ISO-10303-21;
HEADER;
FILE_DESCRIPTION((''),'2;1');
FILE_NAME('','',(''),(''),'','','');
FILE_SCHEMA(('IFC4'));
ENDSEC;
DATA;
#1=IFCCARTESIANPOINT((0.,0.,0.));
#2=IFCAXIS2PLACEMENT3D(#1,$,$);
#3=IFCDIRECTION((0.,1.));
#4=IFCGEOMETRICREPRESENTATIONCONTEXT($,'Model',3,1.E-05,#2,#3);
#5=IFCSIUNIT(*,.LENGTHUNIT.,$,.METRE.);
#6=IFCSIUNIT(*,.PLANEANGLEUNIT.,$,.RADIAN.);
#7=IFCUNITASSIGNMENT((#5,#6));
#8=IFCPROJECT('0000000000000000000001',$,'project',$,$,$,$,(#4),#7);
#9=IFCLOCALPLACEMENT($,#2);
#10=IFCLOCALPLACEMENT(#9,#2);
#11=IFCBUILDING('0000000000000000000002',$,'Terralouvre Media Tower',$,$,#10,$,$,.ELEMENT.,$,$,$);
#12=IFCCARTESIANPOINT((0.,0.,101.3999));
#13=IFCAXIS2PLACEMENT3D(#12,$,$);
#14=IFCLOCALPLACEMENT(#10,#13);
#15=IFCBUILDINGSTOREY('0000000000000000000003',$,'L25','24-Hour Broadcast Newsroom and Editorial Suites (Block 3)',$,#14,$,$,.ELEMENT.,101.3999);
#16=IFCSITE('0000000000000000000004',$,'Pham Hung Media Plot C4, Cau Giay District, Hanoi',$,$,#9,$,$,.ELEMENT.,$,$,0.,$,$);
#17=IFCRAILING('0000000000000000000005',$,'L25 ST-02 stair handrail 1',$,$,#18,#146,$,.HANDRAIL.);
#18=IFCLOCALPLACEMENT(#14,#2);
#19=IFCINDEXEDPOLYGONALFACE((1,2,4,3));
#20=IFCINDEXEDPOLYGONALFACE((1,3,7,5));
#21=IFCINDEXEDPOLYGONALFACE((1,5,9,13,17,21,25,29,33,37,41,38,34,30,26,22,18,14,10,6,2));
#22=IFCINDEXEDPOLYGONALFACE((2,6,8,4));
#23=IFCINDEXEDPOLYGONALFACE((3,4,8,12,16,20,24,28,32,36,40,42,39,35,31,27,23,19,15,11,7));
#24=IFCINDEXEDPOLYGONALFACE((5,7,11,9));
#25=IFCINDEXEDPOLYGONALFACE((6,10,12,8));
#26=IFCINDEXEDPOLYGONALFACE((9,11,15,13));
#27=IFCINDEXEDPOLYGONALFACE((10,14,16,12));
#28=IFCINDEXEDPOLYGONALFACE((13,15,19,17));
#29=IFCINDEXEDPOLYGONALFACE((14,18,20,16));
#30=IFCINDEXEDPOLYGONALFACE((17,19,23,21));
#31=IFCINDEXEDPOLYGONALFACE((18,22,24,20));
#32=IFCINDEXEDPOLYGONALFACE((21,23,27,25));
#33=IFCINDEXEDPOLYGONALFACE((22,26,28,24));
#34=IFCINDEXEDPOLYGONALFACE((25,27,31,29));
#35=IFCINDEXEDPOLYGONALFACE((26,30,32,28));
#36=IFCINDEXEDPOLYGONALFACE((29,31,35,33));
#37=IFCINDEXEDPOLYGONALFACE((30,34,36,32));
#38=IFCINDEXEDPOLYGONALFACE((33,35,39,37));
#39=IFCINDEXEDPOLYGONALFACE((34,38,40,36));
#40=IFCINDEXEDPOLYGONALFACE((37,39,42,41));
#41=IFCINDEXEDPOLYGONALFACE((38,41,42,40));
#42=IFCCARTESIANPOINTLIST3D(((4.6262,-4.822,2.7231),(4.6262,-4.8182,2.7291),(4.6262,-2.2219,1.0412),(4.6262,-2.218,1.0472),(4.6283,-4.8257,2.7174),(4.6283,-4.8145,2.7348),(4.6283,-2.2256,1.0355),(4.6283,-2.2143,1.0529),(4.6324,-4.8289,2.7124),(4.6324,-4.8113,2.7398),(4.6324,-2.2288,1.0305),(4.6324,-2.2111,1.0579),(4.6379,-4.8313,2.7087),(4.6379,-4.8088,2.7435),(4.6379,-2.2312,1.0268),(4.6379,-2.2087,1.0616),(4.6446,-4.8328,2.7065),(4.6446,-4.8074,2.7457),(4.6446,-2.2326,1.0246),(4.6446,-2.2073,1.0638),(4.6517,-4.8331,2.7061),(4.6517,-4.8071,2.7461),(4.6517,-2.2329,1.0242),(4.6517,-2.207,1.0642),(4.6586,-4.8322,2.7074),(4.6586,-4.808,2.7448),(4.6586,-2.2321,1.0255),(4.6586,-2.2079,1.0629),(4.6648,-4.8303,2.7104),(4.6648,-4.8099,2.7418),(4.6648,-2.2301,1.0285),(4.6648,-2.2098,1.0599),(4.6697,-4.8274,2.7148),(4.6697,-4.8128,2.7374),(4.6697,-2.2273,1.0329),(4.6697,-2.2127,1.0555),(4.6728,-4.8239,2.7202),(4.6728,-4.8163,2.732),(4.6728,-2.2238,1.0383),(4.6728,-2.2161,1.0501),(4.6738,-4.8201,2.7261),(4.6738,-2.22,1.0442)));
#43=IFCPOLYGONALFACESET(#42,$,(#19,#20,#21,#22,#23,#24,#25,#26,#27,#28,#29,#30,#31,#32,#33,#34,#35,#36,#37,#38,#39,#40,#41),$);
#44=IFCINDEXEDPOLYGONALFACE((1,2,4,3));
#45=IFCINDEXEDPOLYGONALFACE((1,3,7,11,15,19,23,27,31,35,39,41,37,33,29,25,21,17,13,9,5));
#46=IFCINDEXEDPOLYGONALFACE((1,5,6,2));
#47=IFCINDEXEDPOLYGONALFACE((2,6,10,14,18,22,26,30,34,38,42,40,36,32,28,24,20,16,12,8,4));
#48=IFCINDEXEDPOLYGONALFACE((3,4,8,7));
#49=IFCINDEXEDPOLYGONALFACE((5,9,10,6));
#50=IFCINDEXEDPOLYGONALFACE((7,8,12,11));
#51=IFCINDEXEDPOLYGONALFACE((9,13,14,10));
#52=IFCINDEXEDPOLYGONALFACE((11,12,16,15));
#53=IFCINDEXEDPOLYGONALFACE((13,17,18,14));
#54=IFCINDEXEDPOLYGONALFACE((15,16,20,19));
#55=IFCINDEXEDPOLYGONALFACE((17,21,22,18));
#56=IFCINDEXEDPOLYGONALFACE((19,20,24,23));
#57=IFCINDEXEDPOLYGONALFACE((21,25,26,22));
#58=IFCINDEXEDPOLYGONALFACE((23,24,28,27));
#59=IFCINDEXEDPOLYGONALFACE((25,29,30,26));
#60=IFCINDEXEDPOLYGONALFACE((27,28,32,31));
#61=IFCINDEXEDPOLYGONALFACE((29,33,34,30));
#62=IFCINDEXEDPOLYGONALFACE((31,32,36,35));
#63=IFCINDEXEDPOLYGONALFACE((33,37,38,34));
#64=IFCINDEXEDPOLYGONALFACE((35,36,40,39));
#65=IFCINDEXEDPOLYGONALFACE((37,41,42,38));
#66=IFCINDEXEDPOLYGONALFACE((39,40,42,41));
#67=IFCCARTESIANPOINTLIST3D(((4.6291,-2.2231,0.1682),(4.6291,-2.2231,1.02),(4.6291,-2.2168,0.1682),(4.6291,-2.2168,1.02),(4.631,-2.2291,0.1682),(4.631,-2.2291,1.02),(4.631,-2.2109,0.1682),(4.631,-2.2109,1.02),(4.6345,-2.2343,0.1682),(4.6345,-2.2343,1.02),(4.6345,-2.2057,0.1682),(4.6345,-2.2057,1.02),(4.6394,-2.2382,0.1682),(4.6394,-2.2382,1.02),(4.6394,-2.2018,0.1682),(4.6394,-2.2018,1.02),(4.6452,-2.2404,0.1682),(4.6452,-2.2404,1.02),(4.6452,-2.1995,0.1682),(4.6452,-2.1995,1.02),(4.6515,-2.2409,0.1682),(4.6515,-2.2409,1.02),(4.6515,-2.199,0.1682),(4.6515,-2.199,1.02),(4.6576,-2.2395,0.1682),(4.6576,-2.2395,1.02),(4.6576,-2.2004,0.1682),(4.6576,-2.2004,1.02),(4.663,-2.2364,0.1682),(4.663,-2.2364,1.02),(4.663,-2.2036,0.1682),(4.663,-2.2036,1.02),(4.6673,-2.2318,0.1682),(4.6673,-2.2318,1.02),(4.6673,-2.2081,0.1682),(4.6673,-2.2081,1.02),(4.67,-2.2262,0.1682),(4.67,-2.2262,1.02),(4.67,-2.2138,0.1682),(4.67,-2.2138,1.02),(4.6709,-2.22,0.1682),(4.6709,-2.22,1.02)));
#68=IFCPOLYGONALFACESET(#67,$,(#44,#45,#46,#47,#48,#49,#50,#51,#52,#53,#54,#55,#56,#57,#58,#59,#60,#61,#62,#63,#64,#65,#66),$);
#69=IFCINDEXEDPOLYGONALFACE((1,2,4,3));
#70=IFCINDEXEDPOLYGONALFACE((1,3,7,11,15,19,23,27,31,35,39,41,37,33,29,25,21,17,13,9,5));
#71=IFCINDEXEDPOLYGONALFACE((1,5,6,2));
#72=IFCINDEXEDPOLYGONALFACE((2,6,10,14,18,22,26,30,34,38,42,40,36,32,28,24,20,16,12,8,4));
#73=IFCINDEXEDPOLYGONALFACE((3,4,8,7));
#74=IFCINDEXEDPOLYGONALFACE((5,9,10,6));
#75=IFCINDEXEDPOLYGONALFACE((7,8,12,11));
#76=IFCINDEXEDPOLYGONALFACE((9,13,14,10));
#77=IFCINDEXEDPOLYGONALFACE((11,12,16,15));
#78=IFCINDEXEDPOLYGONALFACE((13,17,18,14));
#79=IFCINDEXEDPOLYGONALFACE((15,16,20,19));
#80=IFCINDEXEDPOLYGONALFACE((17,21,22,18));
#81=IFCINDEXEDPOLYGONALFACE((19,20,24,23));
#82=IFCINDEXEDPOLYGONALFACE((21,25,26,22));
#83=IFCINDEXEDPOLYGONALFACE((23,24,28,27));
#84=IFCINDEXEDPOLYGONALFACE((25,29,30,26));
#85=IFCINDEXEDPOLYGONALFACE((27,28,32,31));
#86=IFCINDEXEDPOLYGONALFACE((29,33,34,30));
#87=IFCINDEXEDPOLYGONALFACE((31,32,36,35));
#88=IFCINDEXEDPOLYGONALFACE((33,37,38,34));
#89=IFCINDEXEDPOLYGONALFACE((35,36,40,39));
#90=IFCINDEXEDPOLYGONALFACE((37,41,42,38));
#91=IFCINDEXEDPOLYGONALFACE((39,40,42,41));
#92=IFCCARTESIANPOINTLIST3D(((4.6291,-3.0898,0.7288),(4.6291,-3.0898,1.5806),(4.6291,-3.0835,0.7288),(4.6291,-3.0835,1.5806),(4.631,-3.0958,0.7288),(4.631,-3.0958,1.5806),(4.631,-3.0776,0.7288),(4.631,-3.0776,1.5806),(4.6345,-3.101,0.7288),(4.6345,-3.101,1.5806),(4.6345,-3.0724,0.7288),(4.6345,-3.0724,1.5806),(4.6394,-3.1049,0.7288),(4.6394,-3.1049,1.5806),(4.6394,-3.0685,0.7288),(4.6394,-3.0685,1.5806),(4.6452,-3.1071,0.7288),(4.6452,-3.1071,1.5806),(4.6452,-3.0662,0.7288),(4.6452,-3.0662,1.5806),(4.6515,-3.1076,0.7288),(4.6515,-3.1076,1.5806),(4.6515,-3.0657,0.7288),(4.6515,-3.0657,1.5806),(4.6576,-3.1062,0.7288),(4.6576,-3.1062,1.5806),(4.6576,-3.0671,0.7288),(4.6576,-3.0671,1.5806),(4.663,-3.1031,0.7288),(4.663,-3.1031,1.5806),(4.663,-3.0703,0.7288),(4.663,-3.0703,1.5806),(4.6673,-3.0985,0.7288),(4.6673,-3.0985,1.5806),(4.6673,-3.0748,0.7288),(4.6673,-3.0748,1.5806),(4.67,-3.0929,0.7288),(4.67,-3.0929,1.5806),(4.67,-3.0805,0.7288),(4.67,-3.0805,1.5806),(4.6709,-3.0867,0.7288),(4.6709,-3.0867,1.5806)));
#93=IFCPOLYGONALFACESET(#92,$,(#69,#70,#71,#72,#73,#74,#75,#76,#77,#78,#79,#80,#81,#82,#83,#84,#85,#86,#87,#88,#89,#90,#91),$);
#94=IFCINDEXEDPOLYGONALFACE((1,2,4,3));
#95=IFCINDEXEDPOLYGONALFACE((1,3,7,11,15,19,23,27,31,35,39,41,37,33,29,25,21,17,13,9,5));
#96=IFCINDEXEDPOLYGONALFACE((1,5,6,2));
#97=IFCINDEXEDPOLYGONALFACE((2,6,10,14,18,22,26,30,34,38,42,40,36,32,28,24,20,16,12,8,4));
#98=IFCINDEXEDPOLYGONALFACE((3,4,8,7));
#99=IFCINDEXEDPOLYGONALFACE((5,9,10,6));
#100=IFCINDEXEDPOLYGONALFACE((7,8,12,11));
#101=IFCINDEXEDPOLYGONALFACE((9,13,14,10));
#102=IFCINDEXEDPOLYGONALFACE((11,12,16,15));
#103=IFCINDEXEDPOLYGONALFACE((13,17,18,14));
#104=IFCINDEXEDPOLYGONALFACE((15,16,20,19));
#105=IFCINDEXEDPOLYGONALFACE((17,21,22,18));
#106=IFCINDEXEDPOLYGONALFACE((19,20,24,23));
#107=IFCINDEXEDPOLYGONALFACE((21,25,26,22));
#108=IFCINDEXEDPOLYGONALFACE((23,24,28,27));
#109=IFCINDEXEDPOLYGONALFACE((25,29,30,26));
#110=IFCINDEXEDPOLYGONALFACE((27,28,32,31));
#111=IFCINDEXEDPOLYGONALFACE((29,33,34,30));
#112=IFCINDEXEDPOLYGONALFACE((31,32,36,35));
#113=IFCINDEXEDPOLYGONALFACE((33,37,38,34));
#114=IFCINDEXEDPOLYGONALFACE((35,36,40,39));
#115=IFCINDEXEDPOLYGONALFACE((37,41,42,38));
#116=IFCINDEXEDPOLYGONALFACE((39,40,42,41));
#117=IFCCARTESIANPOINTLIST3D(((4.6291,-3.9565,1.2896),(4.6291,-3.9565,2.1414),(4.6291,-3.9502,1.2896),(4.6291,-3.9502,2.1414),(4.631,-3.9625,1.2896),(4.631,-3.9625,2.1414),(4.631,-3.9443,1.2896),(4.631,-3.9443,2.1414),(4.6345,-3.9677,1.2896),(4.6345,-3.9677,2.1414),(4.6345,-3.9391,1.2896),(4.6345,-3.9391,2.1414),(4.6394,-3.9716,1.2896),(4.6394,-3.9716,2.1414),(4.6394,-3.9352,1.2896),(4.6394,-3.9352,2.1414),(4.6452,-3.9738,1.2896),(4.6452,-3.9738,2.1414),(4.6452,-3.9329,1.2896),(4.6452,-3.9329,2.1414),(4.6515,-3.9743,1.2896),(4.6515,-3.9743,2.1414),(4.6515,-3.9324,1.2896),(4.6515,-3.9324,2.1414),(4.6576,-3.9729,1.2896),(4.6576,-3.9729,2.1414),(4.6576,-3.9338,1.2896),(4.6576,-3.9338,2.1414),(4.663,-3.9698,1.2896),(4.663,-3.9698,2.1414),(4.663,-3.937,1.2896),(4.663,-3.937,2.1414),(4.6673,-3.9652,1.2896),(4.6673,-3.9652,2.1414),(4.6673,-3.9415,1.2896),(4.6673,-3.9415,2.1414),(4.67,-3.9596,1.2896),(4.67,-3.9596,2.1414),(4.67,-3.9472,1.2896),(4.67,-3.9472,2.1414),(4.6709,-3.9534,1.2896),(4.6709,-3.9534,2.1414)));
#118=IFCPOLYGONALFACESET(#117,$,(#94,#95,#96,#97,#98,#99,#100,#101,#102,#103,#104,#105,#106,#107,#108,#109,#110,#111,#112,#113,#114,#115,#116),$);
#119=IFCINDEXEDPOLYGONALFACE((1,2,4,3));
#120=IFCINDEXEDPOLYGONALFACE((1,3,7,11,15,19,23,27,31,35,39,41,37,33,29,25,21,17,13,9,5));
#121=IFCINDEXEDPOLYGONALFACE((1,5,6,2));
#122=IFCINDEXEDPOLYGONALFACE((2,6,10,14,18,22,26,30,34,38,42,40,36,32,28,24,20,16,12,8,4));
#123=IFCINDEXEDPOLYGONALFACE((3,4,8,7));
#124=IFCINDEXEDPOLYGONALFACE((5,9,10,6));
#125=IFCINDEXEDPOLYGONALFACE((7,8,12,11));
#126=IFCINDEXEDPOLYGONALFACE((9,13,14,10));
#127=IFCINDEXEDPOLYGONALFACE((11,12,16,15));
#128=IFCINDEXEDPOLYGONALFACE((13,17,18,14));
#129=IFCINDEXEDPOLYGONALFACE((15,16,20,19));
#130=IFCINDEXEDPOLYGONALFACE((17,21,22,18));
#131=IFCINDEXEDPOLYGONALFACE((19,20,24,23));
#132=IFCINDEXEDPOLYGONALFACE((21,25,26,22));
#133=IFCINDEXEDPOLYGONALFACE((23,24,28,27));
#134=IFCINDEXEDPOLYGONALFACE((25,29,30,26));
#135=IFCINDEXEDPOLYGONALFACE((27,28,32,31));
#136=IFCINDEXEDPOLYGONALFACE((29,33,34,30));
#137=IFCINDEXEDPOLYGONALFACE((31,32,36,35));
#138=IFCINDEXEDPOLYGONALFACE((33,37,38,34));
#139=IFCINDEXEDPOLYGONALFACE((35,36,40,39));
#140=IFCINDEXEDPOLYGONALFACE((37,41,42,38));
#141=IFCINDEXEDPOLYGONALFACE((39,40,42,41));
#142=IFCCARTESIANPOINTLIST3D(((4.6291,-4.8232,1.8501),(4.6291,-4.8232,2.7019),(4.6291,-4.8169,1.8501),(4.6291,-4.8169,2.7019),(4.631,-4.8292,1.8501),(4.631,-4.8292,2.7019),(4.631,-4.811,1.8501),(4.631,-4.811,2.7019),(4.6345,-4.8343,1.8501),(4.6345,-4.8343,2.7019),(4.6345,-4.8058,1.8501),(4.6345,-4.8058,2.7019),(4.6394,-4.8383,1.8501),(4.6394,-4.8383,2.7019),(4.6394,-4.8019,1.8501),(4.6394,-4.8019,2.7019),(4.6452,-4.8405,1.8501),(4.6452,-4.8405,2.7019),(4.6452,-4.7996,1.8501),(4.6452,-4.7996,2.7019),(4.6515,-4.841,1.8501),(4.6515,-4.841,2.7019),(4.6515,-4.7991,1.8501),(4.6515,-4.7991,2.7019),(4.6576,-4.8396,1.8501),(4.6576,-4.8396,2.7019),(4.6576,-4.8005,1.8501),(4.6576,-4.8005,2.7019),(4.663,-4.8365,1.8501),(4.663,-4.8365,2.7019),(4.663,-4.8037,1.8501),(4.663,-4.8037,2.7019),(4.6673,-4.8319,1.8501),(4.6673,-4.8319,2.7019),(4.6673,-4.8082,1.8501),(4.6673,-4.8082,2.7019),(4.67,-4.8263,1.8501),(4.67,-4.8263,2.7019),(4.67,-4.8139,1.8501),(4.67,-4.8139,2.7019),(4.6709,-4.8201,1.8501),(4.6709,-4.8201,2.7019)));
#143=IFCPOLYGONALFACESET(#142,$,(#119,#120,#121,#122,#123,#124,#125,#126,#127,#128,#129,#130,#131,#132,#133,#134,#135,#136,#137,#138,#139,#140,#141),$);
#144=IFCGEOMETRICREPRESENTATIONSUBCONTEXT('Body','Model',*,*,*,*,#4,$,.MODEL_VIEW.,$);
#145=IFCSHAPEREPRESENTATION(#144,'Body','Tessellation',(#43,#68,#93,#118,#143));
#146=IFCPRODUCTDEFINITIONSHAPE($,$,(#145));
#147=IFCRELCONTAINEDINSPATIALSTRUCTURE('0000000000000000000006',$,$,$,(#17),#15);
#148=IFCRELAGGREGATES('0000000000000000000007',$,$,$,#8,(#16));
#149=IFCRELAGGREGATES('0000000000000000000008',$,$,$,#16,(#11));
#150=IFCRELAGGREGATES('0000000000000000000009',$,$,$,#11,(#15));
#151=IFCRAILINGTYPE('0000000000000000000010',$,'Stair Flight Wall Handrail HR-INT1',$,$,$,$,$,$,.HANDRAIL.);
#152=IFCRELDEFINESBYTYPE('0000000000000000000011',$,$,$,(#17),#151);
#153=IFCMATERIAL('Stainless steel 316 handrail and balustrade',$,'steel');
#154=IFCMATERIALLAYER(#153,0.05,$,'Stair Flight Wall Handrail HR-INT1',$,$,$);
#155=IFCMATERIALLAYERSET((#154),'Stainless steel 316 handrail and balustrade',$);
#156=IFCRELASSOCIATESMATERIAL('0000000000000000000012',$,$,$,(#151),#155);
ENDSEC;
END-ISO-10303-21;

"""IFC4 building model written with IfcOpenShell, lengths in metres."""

from ifc_helpers import new_model, si_unit, direction, frame, origin, origin_2d, place, context, subcontext, project, spatial, circle, extrude, material, layer, layer_set, type_object, element, save


model = new_model("IFC4")

# Units and contexts
model_context = context("Model", 3, precision=1e-05, world=origin(), true_north=direction((0.0, 1.0)))
body_context = subcontext(model_context, "Body", "Model", "MODEL_VIEW")
ifc_project = project(units=[si_unit("LENGTHUNIT", "METRE"), si_unit("PLANEANGLEUNIT", "RADIAN")], contexts=[model_context])

# Site, building, storey
site_placement = place(None, origin())
site = spatial("IfcSite", under=ifc_project, at=site_placement, Name="Pham Hung Media Plot C4, Cau Giay District, Hanoi", CompositionType="ELEMENT", RefElevation=0.0)
building_placement = place(site_placement, origin())
building = spatial("IfcBuilding", under=site, at=building_placement, Name="Terralouvre Media Tower", CompositionType="ELEMENT")
storey_placement = place(building_placement, frame((0.0, 0.0, 101.3999)))
storey = spatial("IfcBuildingStorey", under=building, at=storey_placement, Name="L25", Description="24-Hour Broadcast Newsroom and Editorial Suites (Block 3)", CompositionType="ELEMENT", Elevation=101.3999)

# Railing
ifc_material_1 = material(Name="Stainless steel 316 handrail and balustrade", Category="steel")
ifc_layer_1 = layer(ifc_material_1, 0.05, Name="Stair Flight Wall Handrail HR-INT1")
ifc_layer_set_1 = layer_set([ifc_layer_1], Name="Stainless steel 316 handrail and balustrade")
railing_type_1 = type_object("IfcRailingType", Name="Stair Flight Wall Handrail HR-INT1", PredefinedType="HANDRAIL", material=ifc_layer_set_1)
railing_1_placement = place(storey_placement, frame((4.6499, -2.22, 0.1682)))
element("IfcRailing", 1, at=railing_1_placement, inside=storey, type_object=railing_type_1, Name="L25 ST-02 stair handrail 1", PredefinedType="HANDRAIL", context=body_context, shape_type="SweptSolid", body=[
    extrude(circle(Radius=0.0239, at=origin_2d()), frame((0.0, 0.0, 0.876), z_axis=(0.0, -0.839648, 0.54313), x_axis=(1.0, 0.0, 0.0)), (0.0, 0.0, 1.0), 3.0967),
    extrude(circle(Radius=0.021, at=origin_2d()), origin(), (0.0, 0.0, 1.0), 0.8518),
    extrude(circle(Radius=0.021, at=origin_2d()), frame((0.0, -0.8667, 0.5605)), (0.0, 0.0, 1.0), 0.8518),
    extrude(circle(Radius=0.021, at=origin_2d()), frame((0.0, -1.7334, 1.1213)), (0.0, 0.0, 1.0), 0.8518),
    extrude(circle(Radius=0.021, at=origin_2d()), frame((0.0, -2.6001, 1.6819)), (0.0, 0.0, 1.0), 0.8518),
])

save(model, "model.ifc")
